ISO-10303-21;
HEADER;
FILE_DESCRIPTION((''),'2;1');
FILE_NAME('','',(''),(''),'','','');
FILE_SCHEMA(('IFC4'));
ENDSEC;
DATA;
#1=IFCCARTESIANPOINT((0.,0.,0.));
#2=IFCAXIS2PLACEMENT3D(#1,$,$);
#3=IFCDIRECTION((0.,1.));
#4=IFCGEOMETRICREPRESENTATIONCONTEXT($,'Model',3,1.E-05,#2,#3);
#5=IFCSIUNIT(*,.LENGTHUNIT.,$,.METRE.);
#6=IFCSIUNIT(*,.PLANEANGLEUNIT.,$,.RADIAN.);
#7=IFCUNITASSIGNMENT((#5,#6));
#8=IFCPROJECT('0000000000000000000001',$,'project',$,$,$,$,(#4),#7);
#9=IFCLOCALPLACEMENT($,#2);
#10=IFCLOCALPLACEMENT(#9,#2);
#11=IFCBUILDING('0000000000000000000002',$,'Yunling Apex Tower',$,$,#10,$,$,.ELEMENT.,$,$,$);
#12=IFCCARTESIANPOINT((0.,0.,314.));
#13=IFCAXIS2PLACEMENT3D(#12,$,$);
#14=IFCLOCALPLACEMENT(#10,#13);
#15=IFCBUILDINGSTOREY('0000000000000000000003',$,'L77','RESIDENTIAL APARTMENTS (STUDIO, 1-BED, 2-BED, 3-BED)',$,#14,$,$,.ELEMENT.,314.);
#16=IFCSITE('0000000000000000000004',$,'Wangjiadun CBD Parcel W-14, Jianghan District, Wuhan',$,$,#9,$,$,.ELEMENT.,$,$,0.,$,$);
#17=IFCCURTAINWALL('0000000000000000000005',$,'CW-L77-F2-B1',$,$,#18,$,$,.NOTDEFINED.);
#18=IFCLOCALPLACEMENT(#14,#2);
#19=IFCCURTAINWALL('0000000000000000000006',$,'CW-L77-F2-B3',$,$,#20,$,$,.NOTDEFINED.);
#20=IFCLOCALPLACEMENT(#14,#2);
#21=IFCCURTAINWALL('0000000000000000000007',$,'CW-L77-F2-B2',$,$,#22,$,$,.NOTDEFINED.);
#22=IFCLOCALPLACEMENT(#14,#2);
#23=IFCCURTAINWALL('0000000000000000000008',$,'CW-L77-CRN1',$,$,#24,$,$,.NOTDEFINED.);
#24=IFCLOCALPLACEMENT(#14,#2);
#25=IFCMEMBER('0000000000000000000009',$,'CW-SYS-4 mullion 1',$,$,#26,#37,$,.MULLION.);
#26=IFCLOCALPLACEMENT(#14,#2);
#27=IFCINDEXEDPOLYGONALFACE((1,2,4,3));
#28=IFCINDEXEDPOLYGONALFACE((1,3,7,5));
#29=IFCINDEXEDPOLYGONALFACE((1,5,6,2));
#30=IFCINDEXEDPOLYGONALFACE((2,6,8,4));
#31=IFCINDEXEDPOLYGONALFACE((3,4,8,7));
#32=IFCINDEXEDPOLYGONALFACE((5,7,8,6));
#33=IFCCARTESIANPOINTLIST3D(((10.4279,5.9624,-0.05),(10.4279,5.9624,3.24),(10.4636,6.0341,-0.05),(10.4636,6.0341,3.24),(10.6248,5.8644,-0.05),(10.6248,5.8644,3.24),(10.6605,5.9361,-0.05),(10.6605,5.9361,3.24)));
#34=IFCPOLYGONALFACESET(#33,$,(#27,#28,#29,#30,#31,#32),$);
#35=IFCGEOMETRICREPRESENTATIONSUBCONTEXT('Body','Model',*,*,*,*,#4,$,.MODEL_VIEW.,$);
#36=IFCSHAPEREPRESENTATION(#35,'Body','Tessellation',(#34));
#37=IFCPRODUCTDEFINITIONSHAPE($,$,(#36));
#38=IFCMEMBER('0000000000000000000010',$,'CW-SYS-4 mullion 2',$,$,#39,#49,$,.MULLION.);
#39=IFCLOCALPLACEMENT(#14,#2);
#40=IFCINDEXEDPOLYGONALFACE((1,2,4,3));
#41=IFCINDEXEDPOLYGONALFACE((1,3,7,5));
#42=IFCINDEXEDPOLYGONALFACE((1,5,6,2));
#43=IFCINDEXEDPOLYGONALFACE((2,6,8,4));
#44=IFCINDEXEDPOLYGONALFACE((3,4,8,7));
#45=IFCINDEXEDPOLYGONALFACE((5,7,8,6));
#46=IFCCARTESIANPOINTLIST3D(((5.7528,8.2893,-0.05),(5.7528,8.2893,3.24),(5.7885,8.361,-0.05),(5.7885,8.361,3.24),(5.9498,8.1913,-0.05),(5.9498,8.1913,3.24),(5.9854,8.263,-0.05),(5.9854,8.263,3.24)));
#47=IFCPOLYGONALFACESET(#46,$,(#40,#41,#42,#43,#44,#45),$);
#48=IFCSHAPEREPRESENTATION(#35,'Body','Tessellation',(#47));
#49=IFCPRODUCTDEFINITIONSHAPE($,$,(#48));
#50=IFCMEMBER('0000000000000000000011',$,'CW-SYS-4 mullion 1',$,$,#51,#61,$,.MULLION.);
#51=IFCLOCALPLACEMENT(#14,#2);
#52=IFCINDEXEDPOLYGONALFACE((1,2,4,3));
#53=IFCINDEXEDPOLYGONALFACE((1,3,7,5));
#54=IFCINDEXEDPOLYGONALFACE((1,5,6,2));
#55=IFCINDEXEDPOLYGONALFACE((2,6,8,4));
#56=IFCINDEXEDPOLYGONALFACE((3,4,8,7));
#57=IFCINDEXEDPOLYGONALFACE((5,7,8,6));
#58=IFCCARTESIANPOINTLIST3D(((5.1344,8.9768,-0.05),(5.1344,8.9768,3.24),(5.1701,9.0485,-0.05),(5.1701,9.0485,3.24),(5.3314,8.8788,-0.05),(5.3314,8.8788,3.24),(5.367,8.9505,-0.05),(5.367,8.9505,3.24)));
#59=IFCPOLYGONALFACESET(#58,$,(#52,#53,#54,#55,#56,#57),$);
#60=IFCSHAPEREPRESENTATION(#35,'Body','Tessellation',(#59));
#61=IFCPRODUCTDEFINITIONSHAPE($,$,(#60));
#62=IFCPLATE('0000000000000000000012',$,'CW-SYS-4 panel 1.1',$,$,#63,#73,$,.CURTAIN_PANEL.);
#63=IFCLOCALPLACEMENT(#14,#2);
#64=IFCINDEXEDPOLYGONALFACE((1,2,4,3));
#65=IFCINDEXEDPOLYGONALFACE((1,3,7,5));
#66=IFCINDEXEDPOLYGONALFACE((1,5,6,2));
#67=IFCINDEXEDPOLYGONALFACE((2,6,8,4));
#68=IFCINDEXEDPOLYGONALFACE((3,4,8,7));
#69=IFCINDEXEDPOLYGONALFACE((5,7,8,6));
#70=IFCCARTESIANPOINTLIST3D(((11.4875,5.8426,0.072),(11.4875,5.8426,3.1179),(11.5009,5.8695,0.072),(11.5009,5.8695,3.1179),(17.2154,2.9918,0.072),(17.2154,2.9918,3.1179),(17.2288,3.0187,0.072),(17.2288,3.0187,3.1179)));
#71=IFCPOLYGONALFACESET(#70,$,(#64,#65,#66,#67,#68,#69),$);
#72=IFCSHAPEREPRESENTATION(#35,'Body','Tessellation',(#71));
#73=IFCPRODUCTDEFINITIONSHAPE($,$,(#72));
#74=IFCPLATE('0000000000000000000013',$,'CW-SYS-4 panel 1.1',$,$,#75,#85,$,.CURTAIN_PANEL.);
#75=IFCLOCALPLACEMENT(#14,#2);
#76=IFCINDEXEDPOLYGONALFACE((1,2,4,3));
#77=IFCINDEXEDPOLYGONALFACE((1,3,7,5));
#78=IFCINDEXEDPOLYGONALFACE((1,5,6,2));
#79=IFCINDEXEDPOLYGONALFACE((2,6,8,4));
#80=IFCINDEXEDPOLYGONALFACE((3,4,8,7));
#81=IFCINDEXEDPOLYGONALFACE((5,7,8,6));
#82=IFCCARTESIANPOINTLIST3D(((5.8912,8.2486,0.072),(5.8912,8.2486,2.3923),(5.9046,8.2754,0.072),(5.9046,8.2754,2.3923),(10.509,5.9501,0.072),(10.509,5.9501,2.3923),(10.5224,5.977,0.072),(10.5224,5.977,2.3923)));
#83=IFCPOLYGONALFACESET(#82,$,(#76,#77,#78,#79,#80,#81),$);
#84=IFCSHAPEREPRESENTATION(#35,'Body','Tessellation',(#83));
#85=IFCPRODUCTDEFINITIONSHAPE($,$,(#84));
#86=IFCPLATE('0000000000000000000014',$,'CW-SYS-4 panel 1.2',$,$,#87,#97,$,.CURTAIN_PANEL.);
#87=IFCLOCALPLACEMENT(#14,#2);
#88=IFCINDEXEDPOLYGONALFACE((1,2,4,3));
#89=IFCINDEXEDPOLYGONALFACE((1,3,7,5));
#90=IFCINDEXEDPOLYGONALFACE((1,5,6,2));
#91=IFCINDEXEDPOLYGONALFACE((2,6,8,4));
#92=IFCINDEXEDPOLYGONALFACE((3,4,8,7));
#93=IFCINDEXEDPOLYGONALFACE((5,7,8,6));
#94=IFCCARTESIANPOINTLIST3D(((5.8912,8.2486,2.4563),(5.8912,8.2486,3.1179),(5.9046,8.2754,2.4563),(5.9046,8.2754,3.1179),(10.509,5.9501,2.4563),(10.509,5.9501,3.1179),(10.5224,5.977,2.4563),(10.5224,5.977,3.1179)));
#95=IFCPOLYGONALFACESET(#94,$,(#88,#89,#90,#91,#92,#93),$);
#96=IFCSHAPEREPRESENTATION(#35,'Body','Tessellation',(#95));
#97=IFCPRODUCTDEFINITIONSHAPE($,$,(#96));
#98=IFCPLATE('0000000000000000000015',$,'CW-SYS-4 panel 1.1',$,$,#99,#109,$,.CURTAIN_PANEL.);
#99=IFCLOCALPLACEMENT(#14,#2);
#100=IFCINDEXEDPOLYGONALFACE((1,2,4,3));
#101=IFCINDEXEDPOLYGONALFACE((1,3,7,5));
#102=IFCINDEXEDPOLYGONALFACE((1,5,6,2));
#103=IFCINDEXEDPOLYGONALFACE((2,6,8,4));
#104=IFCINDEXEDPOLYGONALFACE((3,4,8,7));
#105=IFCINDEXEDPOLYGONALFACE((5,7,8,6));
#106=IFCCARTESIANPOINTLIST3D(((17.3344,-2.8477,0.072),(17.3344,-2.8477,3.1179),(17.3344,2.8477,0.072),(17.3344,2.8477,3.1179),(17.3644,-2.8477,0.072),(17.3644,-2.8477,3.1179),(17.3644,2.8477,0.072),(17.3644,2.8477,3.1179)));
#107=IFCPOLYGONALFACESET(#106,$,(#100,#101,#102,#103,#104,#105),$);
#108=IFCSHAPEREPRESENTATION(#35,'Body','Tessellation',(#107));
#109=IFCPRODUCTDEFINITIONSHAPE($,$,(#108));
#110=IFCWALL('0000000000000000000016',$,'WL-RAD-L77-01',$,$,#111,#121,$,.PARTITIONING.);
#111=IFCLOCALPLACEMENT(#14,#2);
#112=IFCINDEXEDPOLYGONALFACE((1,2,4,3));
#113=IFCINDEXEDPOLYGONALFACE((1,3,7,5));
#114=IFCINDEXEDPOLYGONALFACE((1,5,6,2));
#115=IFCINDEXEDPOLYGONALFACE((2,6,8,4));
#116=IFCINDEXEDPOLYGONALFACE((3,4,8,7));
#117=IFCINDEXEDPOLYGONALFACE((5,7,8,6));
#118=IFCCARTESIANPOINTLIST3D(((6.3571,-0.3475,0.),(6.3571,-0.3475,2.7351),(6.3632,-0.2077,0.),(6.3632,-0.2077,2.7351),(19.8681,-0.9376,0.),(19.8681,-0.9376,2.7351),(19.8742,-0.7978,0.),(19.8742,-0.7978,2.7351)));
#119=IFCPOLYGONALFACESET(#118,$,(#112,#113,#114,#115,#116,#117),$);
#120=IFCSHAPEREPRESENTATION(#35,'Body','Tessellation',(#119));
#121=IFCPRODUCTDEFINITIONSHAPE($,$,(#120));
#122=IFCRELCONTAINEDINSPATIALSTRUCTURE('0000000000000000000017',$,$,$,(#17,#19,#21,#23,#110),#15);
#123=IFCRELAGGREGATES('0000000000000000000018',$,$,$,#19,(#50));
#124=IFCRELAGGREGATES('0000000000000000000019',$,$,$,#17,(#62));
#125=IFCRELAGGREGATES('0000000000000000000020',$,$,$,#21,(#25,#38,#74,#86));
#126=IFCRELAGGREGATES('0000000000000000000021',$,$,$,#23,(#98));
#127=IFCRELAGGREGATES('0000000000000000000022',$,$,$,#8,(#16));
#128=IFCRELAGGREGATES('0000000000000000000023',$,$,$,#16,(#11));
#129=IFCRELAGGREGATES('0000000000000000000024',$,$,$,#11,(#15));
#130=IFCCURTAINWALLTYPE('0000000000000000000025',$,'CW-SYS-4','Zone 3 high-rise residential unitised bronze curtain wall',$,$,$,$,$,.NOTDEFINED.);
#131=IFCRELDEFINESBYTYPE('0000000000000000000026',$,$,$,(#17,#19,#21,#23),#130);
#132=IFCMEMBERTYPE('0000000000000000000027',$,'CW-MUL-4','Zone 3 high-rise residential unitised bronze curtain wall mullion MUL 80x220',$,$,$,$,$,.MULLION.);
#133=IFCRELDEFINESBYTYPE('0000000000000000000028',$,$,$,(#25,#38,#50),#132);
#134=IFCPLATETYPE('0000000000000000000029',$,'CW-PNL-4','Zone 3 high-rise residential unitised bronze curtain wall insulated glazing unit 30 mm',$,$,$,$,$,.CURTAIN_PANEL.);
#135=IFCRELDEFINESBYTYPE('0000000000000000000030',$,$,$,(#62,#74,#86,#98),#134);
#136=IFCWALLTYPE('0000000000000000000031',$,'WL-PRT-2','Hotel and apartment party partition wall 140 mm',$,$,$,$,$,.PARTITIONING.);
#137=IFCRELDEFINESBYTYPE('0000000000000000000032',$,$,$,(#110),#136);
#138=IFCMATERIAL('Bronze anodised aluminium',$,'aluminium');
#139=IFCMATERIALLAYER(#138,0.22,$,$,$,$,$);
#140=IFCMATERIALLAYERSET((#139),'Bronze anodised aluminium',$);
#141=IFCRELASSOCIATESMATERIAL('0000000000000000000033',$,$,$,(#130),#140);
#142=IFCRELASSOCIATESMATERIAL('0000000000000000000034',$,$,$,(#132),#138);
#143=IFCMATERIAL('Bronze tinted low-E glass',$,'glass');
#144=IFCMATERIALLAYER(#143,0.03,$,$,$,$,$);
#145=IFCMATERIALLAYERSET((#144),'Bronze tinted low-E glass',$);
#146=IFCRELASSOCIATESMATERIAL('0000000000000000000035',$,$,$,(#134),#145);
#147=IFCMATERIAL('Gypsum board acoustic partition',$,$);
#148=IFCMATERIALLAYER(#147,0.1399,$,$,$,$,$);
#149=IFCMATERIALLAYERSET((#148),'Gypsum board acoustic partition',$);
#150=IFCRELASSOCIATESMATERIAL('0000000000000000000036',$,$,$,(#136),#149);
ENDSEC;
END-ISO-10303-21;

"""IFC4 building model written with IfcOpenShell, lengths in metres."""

from ifc_helpers import new_model, si_unit, direction, frame, frame_2d, origin, origin_2d, place, context, subcontext, project, spatial, rectangle, extrude, source, transform, mapped, material, layer, layer_set, material_profile, profile_set, type_object, element, aggregate, save


model = new_model("IFC4")

# Units and contexts
model_context = context("Model", 3, precision=1e-05, world=origin(), true_north=direction((0.0, 1.0)))
body_context = subcontext(model_context, "Body", "Model", "MODEL_VIEW")
ifc_project = project(units=[si_unit("LENGTHUNIT", "METRE"), si_unit("PLANEANGLEUNIT", "RADIAN")], contexts=[model_context])

# Site, building, storey
site_placement = place(None, origin())
site = spatial("IfcSite", under=ifc_project, at=site_placement, Name="Wangjiadun CBD Parcel W-14, Jianghan District, Wuhan", CompositionType="ELEMENT", RefElevation=0.0)
building_placement = place(site_placement, origin())
building = spatial("IfcBuilding", under=site, at=building_placement, Name="Yunling Apex Tower", CompositionType="ELEMENT")
storey_placement = place(building_placement, frame((0.0, 0.0, 314.0)))
storey = spatial("IfcBuildingStorey", under=building, at=storey_placement, Name="L77", Description="RESIDENTIAL APARTMENTS (STUDIO, 1-BED, 2-BED, 3-BED)", CompositionType="ELEMENT", Elevation=314.0)

# Curtain walls
ifc_material_1 = material(Name="Bronze anodised aluminium", Category="aluminium")
ifc_layer_1 = layer(ifc_material_1, 0.22)
ifc_layer_set_1 = layer_set([ifc_layer_1], Name="Bronze anodised aluminium")
curtain_wall_type = type_object("IfcCurtainWallType", Name="CW-SYS-4", Description="Zone 3 high-rise residential unitised bronze curtain wall", PredefinedType="NOTDEFINED", material=ifc_layer_set_1)
curtain_wall_1_placement = place(storey_placement, origin())
curtain_wall_1 = element("IfcCurtainWall", 1, at=curtain_wall_1_placement, inside=storey, type_object=curtain_wall_type, Name="CW-L77-F2-B1", PredefinedType="NOTDEFINED")
curtain_wall_2_placement = place(storey_placement, origin())
curtain_wall_2 = element("IfcCurtainWall", 2, at=curtain_wall_2_placement, inside=storey, type_object=curtain_wall_type, Name="CW-L77-F2-B3", PredefinedType="NOTDEFINED")
curtain_wall_3_placement = place(storey_placement, origin())
curtain_wall_3 = element("IfcCurtainWall", 3, at=curtain_wall_3_placement, inside=storey, type_object=curtain_wall_type, Name="CW-L77-F2-B2", PredefinedType="NOTDEFINED")

# Curtain wall
curtain_wall_4_placement = place(storey_placement, origin())
curtain_wall_4 = element("IfcCurtainWall", 4, at=curtain_wall_4_placement, inside=storey, type_object=curtain_wall_type, Name="CW-L77-CRN1", PredefinedType="NOTDEFINED")
ifc_material_profile_1 = material_profile(ifc_material_1, rectangle(XDim=0.0801, YDim=0.22, at=origin_2d()))
ifc_profile_set_1 = profile_set([ifc_material_profile_1], Name="Bronze anodised aluminium")
member_type_1 = type_object("IfcMemberType", Name="CW-MUL-4", Description="Zone 3 high-rise residential unitised bronze curtain wall mullion MUL 80x220", PredefinedType="MULLION", material=ifc_profile_set_1)
shared_shape_1 = source(origin(), body_context, "Body", "SweptSolid", [
    extrude(rectangle(XDim=0.0801, YDim=0.22, at=origin_2d()), origin(), (0.0, 0.0, 1.0), 3.29),
])

# Members
member_1_placement = place(storey_placement, frame((10.5442, 5.9492, -0.05), z_axis=(0.0, 0.0, 1.0), x_axis=(-0.445583, -0.89524, 0.0)))
member_1 = element("IfcMember", 5, at=member_1_placement, type_object=member_type_1, Name="CW-SYS-4 mullion 1", PredefinedType="MULLION", context=body_context, shape_type="MappedRepresentation", body=[
    mapped(shared_shape_1, transform((0.0, 0.0, 0.0), scale=1.0)),
])
member_2_placement = place(storey_placement, frame((5.8691, 8.2761, -0.05), z_axis=(0.0, 0.0, 1.0), x_axis=(-0.445583, -0.89524, 0.0)))
member_2 = element("IfcMember", 6, at=member_2_placement, type_object=member_type_1, Name="CW-SYS-4 mullion 2", PredefinedType="MULLION", context=body_context, shape_type="MappedRepresentation", body=[
    mapped(shared_shape_1, transform((0.0, 0.0, 0.0), scale=1.0)),
])
member_3_placement = place(storey_placement, frame((5.2507, 8.9636, -0.05), z_axis=(0.0, 0.0, 1.0), x_axis=(-0.445562, -0.895251, 0.0)))
member_3 = element("IfcMember", 7, at=member_3_placement, type_object=member_type_1, Name="CW-SYS-4 mullion 1", PredefinedType="MULLION", context=body_context, shape_type="MappedRepresentation", body=[
    mapped(shared_shape_1, transform((0.0, 0.0, 0.0), scale=1.0)),
])
aggregate(curtain_wall_2, [member_3])

# Plates
ifc_material_2 = material(Name="Bronze tinted low-E glass", Category="glass")
ifc_layer_2 = layer(ifc_material_2, 0.03)
ifc_layer_set_2 = layer_set([ifc_layer_2], Name="Bronze tinted low-E glass")
plate_type = type_object("IfcPlateType", Name="CW-PNL-4", Description="Zone 3 high-rise residential unitised bronze curtain wall insulated glazing unit 30 mm", PredefinedType="CURTAIN_PANEL", material=ifc_layer_set_2)
shared_shape_2 = source(origin(), body_context, "Body", "SweptSolid", [
    extrude(rectangle(XDim=6.3982, YDim=0.03, at=origin_2d()), origin(), (0.0, 0.0, 1.0), 3.0459),
])
plate_1_placement = place(storey_placement, frame((14.3582, 4.4307, 0.072), z_axis=(0.0, 0.0, 1.0), x_axis=(-0.895248, 0.445568, 0.0)))
plate_1 = element("IfcPlate", 8, at=plate_1_placement, type_object=plate_type, Name="CW-SYS-4 panel 1.1", PredefinedType="CURTAIN_PANEL", context=body_context, shape_type="MappedRepresentation", body=[
    mapped(shared_shape_2, transform((0.0, 0.0, 0.0), scale=1.0)),
])
aggregate(curtain_wall_1, [plate_1])
shared_shape_3 = source(origin(), body_context, "Body", "SweptSolid", [
    extrude(rectangle(XDim=5.1582, YDim=0.03, at=origin_2d()), origin(), (0.0, 0.0, 1.0), 2.3203),
])
plate_2_placement = place(storey_placement, frame((8.2068, 7.1128, 0.072), z_axis=(0.0, 0.0, 1.0), x_axis=(-0.89524, 0.445583, 0.0)))
plate_2 = element("IfcPlate", 9, at=plate_2_placement, type_object=plate_type, Name="CW-SYS-4 panel 1.1", PredefinedType="CURTAIN_PANEL", context=body_context, shape_type="MappedRepresentation", body=[
    mapped(shared_shape_3, transform((0.0, 0.0, 0.0), scale=1.0)),
])
shared_shape_4 = source(origin(), body_context, "Body", "SweptSolid", [
    extrude(rectangle(XDim=5.1582, YDim=0.03, at=origin_2d()), origin(), (0.0, 0.0, 1.0), 0.6616),
])
plate_3_placement = place(storey_placement, frame((8.2068, 7.1128, 2.4563), z_axis=(0.0, 0.0, 1.0), x_axis=(-0.89524, 0.445583, 0.0)))
plate_3 = element("IfcPlate", 10, at=plate_3_placement, type_object=plate_type, Name="CW-SYS-4 panel 1.2", PredefinedType="CURTAIN_PANEL", context=body_context, shape_type="MappedRepresentation", body=[
    mapped(shared_shape_4, transform((0.0, 0.0, 0.0), scale=1.0)),
])
aggregate(curtain_wall_3, [member_1, member_2, plate_2, plate_3])
shared_shape_5 = source(origin(), body_context, "Body", "SweptSolid", [
    extrude(rectangle(XDim=5.6953, YDim=0.03, at=origin_2d()), origin(), (0.0, 0.0, 1.0), 3.0459),
])
plate_4_placement = place(storey_placement, frame((17.3494, 0.0, 0.072), z_axis=(0.0, 0.0, 1.0), x_axis=(0.0, 1.0, 0.0)))
plate_4 = element("IfcPlate", 11, at=plate_4_placement, type_object=plate_type, Name="CW-SYS-4 panel 1.1", PredefinedType="CURTAIN_PANEL", context=body_context, shape_type="MappedRepresentation", body=[
    mapped(shared_shape_5, transform((0.0, 0.0, 0.0), scale=1.0)),
])
aggregate(curtain_wall_4, [plate_4])

# Wall
ifc_material_3 = material(Name="Gypsum board acoustic partition")
ifc_layer_3 = layer(ifc_material_3, 0.1399)
ifc_layer_set_3 = layer_set([ifc_layer_3], Name="Gypsum board acoustic partition")
wall_type = type_object("IfcWallType", Name="WL-PRT-2", Description="Hotel and apartment party partition wall 140 mm", PredefinedType="PARTITIONING", material=ifc_layer_set_3)
wall_placement = place(storey_placement, frame((6.3601, -0.2776, 0.0), z_axis=(0.0, 0.0, 1.0), x_axis=(0.999048, -0.043633, 0.0)))
element("IfcWall", 12, at=wall_placement, inside=storey, type_object=wall_type, Name="WL-RAD-L77-01", PredefinedType="PARTITIONING", context=body_context, shape_type="SweptSolid", body=[
    extrude(rectangle(XDim=13.5239, YDim=0.1399, at=frame_2d((6.762, 0.0))), origin(), (0.0, 0.0, 1.0), 2.7351),
])

save(model, "model.ifc")
